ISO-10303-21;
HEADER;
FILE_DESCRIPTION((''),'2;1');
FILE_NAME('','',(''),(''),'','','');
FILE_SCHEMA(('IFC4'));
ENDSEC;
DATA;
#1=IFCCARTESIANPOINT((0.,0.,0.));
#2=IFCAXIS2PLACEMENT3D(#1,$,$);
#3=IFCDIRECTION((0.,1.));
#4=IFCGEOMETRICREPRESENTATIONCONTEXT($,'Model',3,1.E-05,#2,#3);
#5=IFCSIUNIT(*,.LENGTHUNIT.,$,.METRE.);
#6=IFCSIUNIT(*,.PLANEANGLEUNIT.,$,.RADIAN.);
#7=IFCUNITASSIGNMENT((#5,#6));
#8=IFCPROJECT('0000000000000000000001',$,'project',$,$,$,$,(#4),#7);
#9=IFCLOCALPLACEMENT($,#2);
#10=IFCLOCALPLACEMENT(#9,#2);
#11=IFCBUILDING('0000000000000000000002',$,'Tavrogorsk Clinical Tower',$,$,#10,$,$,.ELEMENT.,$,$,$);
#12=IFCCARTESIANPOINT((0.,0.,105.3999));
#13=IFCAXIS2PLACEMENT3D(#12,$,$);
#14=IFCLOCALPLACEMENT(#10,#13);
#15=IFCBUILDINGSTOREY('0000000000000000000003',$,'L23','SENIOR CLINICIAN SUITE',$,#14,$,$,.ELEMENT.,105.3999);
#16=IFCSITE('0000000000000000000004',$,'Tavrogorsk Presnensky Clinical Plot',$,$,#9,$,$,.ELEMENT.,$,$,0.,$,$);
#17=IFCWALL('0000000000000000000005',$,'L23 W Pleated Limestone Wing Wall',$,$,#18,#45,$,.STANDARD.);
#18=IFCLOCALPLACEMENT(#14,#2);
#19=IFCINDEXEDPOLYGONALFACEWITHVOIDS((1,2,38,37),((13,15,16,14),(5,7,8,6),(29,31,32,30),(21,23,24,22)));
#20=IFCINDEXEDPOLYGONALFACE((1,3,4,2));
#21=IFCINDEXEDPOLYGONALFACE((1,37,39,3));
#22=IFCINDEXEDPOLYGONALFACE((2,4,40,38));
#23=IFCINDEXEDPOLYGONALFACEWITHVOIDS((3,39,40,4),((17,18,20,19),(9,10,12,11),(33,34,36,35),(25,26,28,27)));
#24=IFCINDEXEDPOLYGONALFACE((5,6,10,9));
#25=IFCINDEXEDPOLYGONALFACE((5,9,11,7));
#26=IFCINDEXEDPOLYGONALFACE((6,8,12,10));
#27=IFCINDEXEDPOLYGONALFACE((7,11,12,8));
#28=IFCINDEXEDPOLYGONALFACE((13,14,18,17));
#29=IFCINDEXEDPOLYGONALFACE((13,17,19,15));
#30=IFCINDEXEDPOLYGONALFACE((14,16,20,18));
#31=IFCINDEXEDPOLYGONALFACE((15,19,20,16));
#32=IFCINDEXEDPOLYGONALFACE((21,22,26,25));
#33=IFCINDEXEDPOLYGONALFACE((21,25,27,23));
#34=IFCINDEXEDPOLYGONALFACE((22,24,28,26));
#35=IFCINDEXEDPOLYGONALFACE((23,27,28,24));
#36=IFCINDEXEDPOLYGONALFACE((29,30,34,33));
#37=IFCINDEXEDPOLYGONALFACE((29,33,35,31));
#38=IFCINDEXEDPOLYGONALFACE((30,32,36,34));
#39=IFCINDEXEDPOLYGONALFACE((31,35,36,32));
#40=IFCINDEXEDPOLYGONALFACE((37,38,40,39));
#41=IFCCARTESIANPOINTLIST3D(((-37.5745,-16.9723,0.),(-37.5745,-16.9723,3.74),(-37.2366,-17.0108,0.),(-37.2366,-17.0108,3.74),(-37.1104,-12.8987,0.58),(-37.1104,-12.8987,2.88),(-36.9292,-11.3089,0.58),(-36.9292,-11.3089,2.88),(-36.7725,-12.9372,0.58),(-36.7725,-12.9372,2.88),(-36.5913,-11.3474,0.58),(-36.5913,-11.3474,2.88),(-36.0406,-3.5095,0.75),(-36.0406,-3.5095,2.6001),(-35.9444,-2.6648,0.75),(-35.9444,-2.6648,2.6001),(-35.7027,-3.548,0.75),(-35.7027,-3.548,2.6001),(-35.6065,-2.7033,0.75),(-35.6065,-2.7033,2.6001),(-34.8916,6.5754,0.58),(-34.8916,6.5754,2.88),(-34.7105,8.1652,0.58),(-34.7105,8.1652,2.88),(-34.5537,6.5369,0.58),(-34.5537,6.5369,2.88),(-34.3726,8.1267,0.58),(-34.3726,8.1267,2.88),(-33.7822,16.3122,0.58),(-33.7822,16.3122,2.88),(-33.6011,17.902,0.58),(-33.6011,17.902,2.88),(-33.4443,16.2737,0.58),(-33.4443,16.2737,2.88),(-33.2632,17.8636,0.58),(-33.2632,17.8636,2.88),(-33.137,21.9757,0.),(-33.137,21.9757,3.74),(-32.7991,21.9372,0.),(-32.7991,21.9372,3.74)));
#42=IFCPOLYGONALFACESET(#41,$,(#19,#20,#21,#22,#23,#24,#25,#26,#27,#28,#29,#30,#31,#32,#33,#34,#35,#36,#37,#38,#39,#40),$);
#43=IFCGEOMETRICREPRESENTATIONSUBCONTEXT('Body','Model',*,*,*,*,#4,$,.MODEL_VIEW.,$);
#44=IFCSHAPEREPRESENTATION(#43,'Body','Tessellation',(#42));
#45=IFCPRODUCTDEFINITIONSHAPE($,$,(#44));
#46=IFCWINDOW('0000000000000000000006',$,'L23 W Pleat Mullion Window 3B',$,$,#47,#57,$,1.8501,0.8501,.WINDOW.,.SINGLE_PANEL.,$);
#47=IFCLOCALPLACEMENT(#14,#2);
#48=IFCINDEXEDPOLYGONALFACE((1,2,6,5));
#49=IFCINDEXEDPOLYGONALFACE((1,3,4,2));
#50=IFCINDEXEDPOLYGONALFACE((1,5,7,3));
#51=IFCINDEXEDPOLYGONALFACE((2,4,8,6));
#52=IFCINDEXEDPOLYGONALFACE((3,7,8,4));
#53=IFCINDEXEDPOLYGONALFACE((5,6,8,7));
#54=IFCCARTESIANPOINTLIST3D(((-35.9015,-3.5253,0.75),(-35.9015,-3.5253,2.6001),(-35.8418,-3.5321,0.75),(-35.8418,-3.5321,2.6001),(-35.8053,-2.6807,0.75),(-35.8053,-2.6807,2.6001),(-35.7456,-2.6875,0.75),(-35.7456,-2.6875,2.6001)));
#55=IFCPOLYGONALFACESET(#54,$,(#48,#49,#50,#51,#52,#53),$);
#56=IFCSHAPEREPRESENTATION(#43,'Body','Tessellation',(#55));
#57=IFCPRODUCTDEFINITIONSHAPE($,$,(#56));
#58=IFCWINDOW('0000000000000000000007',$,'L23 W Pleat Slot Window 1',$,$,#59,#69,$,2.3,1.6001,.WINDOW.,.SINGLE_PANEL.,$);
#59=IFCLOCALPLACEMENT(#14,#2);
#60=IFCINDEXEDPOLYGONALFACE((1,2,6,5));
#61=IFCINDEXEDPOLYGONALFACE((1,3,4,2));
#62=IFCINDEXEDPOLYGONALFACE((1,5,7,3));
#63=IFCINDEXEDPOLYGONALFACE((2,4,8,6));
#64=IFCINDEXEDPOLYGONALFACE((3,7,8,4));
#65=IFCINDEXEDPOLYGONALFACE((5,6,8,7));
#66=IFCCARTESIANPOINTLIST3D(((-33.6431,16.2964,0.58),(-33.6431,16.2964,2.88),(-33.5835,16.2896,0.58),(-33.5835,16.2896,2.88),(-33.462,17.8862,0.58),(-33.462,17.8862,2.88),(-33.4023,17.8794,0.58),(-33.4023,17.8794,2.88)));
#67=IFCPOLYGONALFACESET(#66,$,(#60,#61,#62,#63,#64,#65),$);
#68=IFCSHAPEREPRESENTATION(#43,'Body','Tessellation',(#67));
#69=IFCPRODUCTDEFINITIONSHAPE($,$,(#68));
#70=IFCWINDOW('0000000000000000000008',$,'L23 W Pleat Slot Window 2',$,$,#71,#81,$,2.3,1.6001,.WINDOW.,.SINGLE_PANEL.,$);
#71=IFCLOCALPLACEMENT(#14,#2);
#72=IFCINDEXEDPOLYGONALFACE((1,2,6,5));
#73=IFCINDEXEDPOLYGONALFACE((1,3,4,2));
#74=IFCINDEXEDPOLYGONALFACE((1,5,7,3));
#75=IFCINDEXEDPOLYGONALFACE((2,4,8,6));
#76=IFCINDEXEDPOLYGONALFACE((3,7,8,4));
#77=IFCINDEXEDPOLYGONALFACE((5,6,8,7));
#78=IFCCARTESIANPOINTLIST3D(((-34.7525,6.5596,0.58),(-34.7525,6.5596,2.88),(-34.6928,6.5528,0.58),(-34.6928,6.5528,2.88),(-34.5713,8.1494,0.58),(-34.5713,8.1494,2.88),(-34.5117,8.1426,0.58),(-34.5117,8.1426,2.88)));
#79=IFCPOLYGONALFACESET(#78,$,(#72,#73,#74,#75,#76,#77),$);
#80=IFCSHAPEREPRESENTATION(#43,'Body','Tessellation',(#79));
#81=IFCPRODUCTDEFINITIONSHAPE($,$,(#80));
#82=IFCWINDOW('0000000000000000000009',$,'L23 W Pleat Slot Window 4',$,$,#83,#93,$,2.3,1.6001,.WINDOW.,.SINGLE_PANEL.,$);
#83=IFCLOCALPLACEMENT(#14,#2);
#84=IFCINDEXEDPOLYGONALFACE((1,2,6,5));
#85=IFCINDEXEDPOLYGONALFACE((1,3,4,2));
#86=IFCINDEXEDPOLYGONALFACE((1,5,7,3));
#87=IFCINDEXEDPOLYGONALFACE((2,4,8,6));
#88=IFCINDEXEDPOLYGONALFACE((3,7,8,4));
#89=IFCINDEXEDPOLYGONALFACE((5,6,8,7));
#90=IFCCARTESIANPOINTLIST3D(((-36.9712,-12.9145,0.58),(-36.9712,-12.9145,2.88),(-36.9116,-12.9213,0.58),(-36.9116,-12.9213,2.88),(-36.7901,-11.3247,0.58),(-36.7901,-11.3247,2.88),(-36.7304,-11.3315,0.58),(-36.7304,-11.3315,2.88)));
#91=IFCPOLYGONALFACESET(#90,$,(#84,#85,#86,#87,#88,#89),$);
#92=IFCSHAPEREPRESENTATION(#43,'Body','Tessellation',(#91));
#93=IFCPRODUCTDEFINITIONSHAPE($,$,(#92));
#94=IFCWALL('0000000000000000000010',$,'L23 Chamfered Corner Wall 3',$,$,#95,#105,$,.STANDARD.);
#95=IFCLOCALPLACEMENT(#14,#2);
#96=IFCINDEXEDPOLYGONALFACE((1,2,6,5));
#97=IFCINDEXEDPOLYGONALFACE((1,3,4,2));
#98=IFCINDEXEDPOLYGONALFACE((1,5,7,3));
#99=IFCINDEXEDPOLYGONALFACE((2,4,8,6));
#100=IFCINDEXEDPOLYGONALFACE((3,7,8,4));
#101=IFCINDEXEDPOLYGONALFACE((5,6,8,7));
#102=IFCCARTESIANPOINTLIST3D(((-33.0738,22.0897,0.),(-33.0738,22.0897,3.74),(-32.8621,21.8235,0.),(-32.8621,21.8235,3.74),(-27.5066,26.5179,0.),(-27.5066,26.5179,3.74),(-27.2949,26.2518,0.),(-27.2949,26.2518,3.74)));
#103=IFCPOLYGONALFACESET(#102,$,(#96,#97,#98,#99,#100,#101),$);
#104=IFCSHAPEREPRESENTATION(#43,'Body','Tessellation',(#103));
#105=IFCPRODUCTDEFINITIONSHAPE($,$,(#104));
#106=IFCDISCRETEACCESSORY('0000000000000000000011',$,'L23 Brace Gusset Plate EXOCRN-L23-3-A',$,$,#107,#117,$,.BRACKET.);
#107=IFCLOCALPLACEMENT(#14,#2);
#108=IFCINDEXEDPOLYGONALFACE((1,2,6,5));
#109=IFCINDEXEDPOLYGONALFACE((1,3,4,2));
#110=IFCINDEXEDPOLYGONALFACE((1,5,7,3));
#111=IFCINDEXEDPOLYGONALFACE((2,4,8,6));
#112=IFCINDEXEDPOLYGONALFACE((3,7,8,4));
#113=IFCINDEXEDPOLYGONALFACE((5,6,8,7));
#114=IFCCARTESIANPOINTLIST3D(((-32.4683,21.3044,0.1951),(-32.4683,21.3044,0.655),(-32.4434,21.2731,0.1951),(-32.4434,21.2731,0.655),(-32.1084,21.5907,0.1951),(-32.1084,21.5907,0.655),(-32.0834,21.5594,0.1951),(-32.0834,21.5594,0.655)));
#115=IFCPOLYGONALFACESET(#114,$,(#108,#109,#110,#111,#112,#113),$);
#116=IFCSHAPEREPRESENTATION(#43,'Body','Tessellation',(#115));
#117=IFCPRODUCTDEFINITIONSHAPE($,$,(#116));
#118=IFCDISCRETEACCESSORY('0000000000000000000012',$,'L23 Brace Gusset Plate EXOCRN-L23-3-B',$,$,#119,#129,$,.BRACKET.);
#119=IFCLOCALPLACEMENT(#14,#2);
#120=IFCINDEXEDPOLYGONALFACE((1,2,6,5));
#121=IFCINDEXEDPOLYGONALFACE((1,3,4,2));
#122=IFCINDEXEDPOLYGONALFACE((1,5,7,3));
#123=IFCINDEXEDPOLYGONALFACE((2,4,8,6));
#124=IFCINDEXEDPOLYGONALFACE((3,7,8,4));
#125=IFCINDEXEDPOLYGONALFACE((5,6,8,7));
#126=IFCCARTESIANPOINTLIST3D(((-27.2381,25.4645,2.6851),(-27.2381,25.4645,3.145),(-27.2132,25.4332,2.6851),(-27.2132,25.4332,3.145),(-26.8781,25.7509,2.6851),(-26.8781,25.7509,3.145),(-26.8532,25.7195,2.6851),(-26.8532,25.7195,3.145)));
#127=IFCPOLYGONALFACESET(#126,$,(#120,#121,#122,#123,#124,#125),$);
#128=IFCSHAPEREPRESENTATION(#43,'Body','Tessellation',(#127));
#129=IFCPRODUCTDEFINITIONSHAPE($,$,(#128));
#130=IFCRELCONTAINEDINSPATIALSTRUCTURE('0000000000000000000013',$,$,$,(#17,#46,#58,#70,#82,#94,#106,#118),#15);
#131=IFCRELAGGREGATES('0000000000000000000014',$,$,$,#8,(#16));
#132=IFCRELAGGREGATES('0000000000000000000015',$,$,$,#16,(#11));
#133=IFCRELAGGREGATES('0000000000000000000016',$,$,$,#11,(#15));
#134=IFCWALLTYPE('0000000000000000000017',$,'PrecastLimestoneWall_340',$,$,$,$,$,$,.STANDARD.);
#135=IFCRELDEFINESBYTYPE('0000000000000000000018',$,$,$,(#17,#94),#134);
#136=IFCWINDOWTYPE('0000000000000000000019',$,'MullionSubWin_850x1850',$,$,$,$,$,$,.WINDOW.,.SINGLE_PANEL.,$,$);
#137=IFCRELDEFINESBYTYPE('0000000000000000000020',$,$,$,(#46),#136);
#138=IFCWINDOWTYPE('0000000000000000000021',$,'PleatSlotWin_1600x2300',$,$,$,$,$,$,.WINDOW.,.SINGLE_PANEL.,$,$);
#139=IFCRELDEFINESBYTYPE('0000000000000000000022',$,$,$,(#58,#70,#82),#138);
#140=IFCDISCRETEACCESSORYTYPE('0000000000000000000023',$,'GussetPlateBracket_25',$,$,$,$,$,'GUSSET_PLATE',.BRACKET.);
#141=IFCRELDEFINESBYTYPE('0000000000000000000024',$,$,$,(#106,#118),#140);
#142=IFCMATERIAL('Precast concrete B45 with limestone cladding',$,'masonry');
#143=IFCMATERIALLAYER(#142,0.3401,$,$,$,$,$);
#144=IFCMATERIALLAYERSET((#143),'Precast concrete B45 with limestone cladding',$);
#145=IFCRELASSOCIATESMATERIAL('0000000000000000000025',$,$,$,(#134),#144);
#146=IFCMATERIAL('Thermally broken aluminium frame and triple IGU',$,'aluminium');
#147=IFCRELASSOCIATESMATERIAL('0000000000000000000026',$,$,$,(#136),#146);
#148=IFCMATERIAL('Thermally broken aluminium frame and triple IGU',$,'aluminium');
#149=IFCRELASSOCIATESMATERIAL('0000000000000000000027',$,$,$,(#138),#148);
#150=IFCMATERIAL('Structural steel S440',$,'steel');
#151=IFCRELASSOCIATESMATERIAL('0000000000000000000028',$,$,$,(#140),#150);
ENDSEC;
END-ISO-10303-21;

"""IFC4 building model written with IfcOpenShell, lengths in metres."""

from ifc_helpers import new_model, si_unit, direction, frame, frame_2d, origin, origin_2d, place, context, subcontext, project, spatial, rectangle, extrude, material, layer, layer_set, type_object, element, fill, save


model = new_model("IFC4")

# Units and contexts
model_context = context("Model", 3, precision=1e-05, world=origin(), true_north=direction((0.0, 1.0)))
body_context = subcontext(model_context, "Body", "Model", "MODEL_VIEW")
ifc_project = project(units=[si_unit("LENGTHUNIT", "METRE"), si_unit("PLANEANGLEUNIT", "RADIAN")], contexts=[model_context])

# Site, building, storey
site_placement = place(None, origin())
site = spatial("IfcSite", under=ifc_project, at=site_placement, Name="Tavrogorsk Presnensky Clinical Plot", CompositionType="ELEMENT", RefElevation=0.0)
building_placement = place(site_placement, origin())
building = spatial("IfcBuilding", under=site, at=building_placement, Name="Tavrogorsk Clinical Tower", CompositionType="ELEMENT")
storey_placement = place(building_placement, frame((0.0, 0.0, 105.3999)))
storey = spatial("IfcBuildingStorey", under=building, at=storey_placement, Name="L23", Description="SENIOR CLINICIAN SUITE", CompositionType="ELEMENT", Elevation=105.3999)

# Wall, openings, windows
ifc_material_1 = material(Name="Precast concrete B45 with limestone cladding", Category="masonry")
ifc_layer_1 = layer(ifc_material_1, 0.3401)
ifc_layer_set_1 = layer_set([ifc_layer_1], Name="Precast concrete B45 with limestone cladding")
wall_type_1 = type_object("IfcWallType", Name="PrecastLimestoneWall_340", PredefinedType="STANDARD", material=ifc_layer_set_1)
wall_1_placement = place(storey_placement, frame((-32.968, 21.9565, 0.0), z_axis=(0.0, 0.0, 1.0), x_axis=(-0.113202, -0.993572, 0.0)))
wall_1 = element("IfcWall", 1, at=wall_1_placement, inside=storey, type_object=wall_type_1, Name="L23 W Pleated Limestone Wing Wall", PredefinedType="STANDARD", context=body_context, shape_type="SweptSolid", body=[
    extrude(rectangle(XDim=39.2, YDim=0.3401, at=frame_2d((19.6001, 0.0))), origin(), (0.0, 0.0, 1.0), 3.74),
])
opening_1_placement = place(wall_1_placement, frame((4.1001, 0.0, 0.5801)))
opening_1 = element("IfcOpeningElement", 2, at=opening_1_placement, cuts=wall_1, PredefinedType="OPENING", context=body_context, shape_type="SweptSolid", body=[
    extrude(rectangle(XDim=1.6001, YDim=2.3, at=frame_2d((0.8, 1.1499))), frame((0.0, 0.1799, 0.0), z_axis=(0.0, -1.0, 0.0), x_axis=(1.0, 0.0, 0.0)), (0.0, 0.0, 1.0), 0.3601),
])
opening_2_placement = place(wall_1_placement, frame((13.8999, 0.0, 0.5801)))
opening_2 = element("IfcOpeningElement", 3, at=opening_2_placement, cuts=wall_1, PredefinedType="OPENING", context=body_context, shape_type="SweptSolid", body=[
    extrude(rectangle(XDim=1.6001, YDim=2.3, at=frame_2d((0.8, 1.1499))), frame((0.0, 0.1799, 0.0), z_axis=(0.0, -1.0, 0.0), x_axis=(1.0, 0.0, 0.0)), (0.0, 0.0, 1.0), 0.3601),
])
opening_3_placement = place(wall_1_placement, frame((24.8, 0.0, 0.75)))
opening_3 = element("IfcOpeningElement", 4, at=opening_3_placement, cuts=wall_1, PredefinedType="OPENING", context=body_context, shape_type="SweptSolid", body=[
    extrude(rectangle(XDim=0.8501, YDim=1.8501, at=frame_2d((0.425, 0.925))), frame((0.0, 0.1799, 0.0), z_axis=(0.0, -1.0, 0.0), x_axis=(1.0, 0.0, 0.0)), (0.0, 0.0, 1.0), 0.3601),
])
opening_4_placement = place(wall_1_placement, frame((33.5, 0.0, 0.5801)))
opening_4 = element("IfcOpeningElement", 5, at=opening_4_placement, cuts=wall_1, PredefinedType="OPENING", context=body_context, shape_type="SweptSolid", body=[
    extrude(rectangle(XDim=1.6001, YDim=2.3, at=frame_2d((0.8, 1.1499))), frame((0.0, 0.1799, 0.0), z_axis=(0.0, -1.0, 0.0), x_axis=(1.0, 0.0, 0.0)), (0.0, 0.0, 1.0), 0.3601),
])
ifc_material_2 = material(Name="Thermally broken aluminium frame and triple IGU", Category="aluminium")
window_type_1 = type_object("IfcWindowType", Name="MullionSubWin_850x1850", PartitioningType="SINGLE_PANEL", PredefinedType="WINDOW", material=ifc_material_2)
window_1_placement = place(opening_3_placement, origin())
window_1 = element("IfcWindow", 6, at=window_1_placement, inside=storey, type_object=window_type_1, Name="L23 W Pleat Mullion Window 3B", OverallHeight=1.8501, OverallWidth=0.8501, PartitioningType="SINGLE_PANEL", PredefinedType="WINDOW", context=body_context, shape_type="SweptSolid", body=[
    extrude(rectangle(XDim=0.8501, YDim=1.8501, at=frame_2d((0.425, 0.925))), frame((0.0, 0.03, 0.0), z_axis=(0.0, -1.0, 0.0), x_axis=(1.0, 0.0, 0.0)), (0.0, 0.0, 1.0), 0.0601),
])
fill(opening_3, window_1)
ifc_material_3 = material(Name="Thermally broken aluminium frame and triple IGU", Category="aluminium")
window_type_2 = type_object("IfcWindowType", Name="PleatSlotWin_1600x2300", PartitioningType="SINGLE_PANEL", PredefinedType="WINDOW", material=ifc_material_3)
window_2_placement = place(opening_1_placement, origin())
window_2 = element("IfcWindow", 7, at=window_2_placement, inside=storey, type_object=window_type_2, Name="L23 W Pleat Slot Window 1", OverallHeight=2.3, OverallWidth=1.6001, PartitioningType="SINGLE_PANEL", PredefinedType="WINDOW", context=body_context, shape_type="SweptSolid", body=[
    extrude(rectangle(XDim=1.6001, YDim=2.3, at=frame_2d((0.8, 1.1499))), frame((0.0, 0.03, 0.0), z_axis=(0.0, -1.0, 0.0), x_axis=(1.0, 0.0, 0.0)), (0.0, 0.0, 1.0), 0.0601),
])
fill(opening_1, window_2)
window_3_placement = place(opening_2_placement, origin())
window_3 = element("IfcWindow", 8, at=window_3_placement, inside=storey, type_object=window_type_2, Name="L23 W Pleat Slot Window 2", OverallHeight=2.3, OverallWidth=1.6001, PartitioningType="SINGLE_PANEL", PredefinedType="WINDOW", context=body_context, shape_type="SweptSolid", body=[
    extrude(rectangle(XDim=1.6001, YDim=2.3, at=frame_2d((0.8, 1.1499))), frame((0.0, 0.03, 0.0), z_axis=(0.0, -1.0, 0.0), x_axis=(1.0, 0.0, 0.0)), (0.0, 0.0, 1.0), 0.0601),
])
fill(opening_2, window_3)
window_4_placement = place(opening_4_placement, origin())
window_4 = element("IfcWindow", 9, at=window_4_placement, inside=storey, type_object=window_type_2, Name="L23 W Pleat Slot Window 4", OverallHeight=2.3, OverallWidth=1.6001, PartitioningType="SINGLE_PANEL", PredefinedType="WINDOW", context=body_context, shape_type="SweptSolid", body=[
    extrude(rectangle(XDim=1.6001, YDim=2.3, at=frame_2d((0.8, 1.1499))), frame((0.0, 0.03, 0.0), z_axis=(0.0, -1.0, 0.0), x_axis=(1.0, 0.0, 0.0)), (0.0, 0.0, 1.0), 0.0601),
])
fill(opening_4, window_4)

# Wall
wall_2_placement = place(storey_placement, frame((-27.4009, 26.3848, 0.0), z_axis=(0.0, 0.0, 1.0), x_axis=(-0.782614, -0.622508, 0.0)))
element("IfcWall", 10, at=wall_2_placement, inside=storey, type_object=wall_type_1, Name="L23 Chamfered Corner Wall 3", PredefinedType="STANDARD", context=body_context, shape_type="SweptSolid", body=[
    extrude(rectangle(XDim=7.1135, YDim=0.3401, at=frame_2d((3.5566, 0.0))), origin(), (0.0, 0.0, 1.0), 3.74),
])

# Discrete accessories
ifc_material_4 = material(Name="Structural steel S440", Category="steel")
discrete_accessory_type = type_object("IfcDiscreteAccessoryType", Name="GussetPlateBracket_25", ElementType="GUSSET_PLATE", PredefinedType="BRACKET", material=ifc_material_4)
for number, where, z_axis, x_axis, name in (
    (11, (-32.2759, 21.4319, 0.1951), (0.0, 0.0, 1.0), (0.782608, 0.622515, 0.0), "L23 Brace Gusset Plate EXOCRN-L23-3-A"),
    (12, (-27.0457, 25.592, 2.6851), (0.0, 0.0, 1.0), (0.782608, 0.622515, 0.0), "L23 Brace Gusset Plate EXOCRN-L23-3-B"),
):
    element("IfcDiscreteAccessory", number, at=place(storey_placement, frame(where, z_axis=z_axis, x_axis=x_axis)), inside=storey, type_object=discrete_accessory_type, Name=name, PredefinedType="BRACKET", context=body_context, shape_type="SweptSolid", body=[
        extrude(rectangle(XDim=0.46, YDim=0.04, at=origin_2d()), origin(), (0.0, 0.0, 1.0), 0.46),
    ])

save(model, "model.ifc")
